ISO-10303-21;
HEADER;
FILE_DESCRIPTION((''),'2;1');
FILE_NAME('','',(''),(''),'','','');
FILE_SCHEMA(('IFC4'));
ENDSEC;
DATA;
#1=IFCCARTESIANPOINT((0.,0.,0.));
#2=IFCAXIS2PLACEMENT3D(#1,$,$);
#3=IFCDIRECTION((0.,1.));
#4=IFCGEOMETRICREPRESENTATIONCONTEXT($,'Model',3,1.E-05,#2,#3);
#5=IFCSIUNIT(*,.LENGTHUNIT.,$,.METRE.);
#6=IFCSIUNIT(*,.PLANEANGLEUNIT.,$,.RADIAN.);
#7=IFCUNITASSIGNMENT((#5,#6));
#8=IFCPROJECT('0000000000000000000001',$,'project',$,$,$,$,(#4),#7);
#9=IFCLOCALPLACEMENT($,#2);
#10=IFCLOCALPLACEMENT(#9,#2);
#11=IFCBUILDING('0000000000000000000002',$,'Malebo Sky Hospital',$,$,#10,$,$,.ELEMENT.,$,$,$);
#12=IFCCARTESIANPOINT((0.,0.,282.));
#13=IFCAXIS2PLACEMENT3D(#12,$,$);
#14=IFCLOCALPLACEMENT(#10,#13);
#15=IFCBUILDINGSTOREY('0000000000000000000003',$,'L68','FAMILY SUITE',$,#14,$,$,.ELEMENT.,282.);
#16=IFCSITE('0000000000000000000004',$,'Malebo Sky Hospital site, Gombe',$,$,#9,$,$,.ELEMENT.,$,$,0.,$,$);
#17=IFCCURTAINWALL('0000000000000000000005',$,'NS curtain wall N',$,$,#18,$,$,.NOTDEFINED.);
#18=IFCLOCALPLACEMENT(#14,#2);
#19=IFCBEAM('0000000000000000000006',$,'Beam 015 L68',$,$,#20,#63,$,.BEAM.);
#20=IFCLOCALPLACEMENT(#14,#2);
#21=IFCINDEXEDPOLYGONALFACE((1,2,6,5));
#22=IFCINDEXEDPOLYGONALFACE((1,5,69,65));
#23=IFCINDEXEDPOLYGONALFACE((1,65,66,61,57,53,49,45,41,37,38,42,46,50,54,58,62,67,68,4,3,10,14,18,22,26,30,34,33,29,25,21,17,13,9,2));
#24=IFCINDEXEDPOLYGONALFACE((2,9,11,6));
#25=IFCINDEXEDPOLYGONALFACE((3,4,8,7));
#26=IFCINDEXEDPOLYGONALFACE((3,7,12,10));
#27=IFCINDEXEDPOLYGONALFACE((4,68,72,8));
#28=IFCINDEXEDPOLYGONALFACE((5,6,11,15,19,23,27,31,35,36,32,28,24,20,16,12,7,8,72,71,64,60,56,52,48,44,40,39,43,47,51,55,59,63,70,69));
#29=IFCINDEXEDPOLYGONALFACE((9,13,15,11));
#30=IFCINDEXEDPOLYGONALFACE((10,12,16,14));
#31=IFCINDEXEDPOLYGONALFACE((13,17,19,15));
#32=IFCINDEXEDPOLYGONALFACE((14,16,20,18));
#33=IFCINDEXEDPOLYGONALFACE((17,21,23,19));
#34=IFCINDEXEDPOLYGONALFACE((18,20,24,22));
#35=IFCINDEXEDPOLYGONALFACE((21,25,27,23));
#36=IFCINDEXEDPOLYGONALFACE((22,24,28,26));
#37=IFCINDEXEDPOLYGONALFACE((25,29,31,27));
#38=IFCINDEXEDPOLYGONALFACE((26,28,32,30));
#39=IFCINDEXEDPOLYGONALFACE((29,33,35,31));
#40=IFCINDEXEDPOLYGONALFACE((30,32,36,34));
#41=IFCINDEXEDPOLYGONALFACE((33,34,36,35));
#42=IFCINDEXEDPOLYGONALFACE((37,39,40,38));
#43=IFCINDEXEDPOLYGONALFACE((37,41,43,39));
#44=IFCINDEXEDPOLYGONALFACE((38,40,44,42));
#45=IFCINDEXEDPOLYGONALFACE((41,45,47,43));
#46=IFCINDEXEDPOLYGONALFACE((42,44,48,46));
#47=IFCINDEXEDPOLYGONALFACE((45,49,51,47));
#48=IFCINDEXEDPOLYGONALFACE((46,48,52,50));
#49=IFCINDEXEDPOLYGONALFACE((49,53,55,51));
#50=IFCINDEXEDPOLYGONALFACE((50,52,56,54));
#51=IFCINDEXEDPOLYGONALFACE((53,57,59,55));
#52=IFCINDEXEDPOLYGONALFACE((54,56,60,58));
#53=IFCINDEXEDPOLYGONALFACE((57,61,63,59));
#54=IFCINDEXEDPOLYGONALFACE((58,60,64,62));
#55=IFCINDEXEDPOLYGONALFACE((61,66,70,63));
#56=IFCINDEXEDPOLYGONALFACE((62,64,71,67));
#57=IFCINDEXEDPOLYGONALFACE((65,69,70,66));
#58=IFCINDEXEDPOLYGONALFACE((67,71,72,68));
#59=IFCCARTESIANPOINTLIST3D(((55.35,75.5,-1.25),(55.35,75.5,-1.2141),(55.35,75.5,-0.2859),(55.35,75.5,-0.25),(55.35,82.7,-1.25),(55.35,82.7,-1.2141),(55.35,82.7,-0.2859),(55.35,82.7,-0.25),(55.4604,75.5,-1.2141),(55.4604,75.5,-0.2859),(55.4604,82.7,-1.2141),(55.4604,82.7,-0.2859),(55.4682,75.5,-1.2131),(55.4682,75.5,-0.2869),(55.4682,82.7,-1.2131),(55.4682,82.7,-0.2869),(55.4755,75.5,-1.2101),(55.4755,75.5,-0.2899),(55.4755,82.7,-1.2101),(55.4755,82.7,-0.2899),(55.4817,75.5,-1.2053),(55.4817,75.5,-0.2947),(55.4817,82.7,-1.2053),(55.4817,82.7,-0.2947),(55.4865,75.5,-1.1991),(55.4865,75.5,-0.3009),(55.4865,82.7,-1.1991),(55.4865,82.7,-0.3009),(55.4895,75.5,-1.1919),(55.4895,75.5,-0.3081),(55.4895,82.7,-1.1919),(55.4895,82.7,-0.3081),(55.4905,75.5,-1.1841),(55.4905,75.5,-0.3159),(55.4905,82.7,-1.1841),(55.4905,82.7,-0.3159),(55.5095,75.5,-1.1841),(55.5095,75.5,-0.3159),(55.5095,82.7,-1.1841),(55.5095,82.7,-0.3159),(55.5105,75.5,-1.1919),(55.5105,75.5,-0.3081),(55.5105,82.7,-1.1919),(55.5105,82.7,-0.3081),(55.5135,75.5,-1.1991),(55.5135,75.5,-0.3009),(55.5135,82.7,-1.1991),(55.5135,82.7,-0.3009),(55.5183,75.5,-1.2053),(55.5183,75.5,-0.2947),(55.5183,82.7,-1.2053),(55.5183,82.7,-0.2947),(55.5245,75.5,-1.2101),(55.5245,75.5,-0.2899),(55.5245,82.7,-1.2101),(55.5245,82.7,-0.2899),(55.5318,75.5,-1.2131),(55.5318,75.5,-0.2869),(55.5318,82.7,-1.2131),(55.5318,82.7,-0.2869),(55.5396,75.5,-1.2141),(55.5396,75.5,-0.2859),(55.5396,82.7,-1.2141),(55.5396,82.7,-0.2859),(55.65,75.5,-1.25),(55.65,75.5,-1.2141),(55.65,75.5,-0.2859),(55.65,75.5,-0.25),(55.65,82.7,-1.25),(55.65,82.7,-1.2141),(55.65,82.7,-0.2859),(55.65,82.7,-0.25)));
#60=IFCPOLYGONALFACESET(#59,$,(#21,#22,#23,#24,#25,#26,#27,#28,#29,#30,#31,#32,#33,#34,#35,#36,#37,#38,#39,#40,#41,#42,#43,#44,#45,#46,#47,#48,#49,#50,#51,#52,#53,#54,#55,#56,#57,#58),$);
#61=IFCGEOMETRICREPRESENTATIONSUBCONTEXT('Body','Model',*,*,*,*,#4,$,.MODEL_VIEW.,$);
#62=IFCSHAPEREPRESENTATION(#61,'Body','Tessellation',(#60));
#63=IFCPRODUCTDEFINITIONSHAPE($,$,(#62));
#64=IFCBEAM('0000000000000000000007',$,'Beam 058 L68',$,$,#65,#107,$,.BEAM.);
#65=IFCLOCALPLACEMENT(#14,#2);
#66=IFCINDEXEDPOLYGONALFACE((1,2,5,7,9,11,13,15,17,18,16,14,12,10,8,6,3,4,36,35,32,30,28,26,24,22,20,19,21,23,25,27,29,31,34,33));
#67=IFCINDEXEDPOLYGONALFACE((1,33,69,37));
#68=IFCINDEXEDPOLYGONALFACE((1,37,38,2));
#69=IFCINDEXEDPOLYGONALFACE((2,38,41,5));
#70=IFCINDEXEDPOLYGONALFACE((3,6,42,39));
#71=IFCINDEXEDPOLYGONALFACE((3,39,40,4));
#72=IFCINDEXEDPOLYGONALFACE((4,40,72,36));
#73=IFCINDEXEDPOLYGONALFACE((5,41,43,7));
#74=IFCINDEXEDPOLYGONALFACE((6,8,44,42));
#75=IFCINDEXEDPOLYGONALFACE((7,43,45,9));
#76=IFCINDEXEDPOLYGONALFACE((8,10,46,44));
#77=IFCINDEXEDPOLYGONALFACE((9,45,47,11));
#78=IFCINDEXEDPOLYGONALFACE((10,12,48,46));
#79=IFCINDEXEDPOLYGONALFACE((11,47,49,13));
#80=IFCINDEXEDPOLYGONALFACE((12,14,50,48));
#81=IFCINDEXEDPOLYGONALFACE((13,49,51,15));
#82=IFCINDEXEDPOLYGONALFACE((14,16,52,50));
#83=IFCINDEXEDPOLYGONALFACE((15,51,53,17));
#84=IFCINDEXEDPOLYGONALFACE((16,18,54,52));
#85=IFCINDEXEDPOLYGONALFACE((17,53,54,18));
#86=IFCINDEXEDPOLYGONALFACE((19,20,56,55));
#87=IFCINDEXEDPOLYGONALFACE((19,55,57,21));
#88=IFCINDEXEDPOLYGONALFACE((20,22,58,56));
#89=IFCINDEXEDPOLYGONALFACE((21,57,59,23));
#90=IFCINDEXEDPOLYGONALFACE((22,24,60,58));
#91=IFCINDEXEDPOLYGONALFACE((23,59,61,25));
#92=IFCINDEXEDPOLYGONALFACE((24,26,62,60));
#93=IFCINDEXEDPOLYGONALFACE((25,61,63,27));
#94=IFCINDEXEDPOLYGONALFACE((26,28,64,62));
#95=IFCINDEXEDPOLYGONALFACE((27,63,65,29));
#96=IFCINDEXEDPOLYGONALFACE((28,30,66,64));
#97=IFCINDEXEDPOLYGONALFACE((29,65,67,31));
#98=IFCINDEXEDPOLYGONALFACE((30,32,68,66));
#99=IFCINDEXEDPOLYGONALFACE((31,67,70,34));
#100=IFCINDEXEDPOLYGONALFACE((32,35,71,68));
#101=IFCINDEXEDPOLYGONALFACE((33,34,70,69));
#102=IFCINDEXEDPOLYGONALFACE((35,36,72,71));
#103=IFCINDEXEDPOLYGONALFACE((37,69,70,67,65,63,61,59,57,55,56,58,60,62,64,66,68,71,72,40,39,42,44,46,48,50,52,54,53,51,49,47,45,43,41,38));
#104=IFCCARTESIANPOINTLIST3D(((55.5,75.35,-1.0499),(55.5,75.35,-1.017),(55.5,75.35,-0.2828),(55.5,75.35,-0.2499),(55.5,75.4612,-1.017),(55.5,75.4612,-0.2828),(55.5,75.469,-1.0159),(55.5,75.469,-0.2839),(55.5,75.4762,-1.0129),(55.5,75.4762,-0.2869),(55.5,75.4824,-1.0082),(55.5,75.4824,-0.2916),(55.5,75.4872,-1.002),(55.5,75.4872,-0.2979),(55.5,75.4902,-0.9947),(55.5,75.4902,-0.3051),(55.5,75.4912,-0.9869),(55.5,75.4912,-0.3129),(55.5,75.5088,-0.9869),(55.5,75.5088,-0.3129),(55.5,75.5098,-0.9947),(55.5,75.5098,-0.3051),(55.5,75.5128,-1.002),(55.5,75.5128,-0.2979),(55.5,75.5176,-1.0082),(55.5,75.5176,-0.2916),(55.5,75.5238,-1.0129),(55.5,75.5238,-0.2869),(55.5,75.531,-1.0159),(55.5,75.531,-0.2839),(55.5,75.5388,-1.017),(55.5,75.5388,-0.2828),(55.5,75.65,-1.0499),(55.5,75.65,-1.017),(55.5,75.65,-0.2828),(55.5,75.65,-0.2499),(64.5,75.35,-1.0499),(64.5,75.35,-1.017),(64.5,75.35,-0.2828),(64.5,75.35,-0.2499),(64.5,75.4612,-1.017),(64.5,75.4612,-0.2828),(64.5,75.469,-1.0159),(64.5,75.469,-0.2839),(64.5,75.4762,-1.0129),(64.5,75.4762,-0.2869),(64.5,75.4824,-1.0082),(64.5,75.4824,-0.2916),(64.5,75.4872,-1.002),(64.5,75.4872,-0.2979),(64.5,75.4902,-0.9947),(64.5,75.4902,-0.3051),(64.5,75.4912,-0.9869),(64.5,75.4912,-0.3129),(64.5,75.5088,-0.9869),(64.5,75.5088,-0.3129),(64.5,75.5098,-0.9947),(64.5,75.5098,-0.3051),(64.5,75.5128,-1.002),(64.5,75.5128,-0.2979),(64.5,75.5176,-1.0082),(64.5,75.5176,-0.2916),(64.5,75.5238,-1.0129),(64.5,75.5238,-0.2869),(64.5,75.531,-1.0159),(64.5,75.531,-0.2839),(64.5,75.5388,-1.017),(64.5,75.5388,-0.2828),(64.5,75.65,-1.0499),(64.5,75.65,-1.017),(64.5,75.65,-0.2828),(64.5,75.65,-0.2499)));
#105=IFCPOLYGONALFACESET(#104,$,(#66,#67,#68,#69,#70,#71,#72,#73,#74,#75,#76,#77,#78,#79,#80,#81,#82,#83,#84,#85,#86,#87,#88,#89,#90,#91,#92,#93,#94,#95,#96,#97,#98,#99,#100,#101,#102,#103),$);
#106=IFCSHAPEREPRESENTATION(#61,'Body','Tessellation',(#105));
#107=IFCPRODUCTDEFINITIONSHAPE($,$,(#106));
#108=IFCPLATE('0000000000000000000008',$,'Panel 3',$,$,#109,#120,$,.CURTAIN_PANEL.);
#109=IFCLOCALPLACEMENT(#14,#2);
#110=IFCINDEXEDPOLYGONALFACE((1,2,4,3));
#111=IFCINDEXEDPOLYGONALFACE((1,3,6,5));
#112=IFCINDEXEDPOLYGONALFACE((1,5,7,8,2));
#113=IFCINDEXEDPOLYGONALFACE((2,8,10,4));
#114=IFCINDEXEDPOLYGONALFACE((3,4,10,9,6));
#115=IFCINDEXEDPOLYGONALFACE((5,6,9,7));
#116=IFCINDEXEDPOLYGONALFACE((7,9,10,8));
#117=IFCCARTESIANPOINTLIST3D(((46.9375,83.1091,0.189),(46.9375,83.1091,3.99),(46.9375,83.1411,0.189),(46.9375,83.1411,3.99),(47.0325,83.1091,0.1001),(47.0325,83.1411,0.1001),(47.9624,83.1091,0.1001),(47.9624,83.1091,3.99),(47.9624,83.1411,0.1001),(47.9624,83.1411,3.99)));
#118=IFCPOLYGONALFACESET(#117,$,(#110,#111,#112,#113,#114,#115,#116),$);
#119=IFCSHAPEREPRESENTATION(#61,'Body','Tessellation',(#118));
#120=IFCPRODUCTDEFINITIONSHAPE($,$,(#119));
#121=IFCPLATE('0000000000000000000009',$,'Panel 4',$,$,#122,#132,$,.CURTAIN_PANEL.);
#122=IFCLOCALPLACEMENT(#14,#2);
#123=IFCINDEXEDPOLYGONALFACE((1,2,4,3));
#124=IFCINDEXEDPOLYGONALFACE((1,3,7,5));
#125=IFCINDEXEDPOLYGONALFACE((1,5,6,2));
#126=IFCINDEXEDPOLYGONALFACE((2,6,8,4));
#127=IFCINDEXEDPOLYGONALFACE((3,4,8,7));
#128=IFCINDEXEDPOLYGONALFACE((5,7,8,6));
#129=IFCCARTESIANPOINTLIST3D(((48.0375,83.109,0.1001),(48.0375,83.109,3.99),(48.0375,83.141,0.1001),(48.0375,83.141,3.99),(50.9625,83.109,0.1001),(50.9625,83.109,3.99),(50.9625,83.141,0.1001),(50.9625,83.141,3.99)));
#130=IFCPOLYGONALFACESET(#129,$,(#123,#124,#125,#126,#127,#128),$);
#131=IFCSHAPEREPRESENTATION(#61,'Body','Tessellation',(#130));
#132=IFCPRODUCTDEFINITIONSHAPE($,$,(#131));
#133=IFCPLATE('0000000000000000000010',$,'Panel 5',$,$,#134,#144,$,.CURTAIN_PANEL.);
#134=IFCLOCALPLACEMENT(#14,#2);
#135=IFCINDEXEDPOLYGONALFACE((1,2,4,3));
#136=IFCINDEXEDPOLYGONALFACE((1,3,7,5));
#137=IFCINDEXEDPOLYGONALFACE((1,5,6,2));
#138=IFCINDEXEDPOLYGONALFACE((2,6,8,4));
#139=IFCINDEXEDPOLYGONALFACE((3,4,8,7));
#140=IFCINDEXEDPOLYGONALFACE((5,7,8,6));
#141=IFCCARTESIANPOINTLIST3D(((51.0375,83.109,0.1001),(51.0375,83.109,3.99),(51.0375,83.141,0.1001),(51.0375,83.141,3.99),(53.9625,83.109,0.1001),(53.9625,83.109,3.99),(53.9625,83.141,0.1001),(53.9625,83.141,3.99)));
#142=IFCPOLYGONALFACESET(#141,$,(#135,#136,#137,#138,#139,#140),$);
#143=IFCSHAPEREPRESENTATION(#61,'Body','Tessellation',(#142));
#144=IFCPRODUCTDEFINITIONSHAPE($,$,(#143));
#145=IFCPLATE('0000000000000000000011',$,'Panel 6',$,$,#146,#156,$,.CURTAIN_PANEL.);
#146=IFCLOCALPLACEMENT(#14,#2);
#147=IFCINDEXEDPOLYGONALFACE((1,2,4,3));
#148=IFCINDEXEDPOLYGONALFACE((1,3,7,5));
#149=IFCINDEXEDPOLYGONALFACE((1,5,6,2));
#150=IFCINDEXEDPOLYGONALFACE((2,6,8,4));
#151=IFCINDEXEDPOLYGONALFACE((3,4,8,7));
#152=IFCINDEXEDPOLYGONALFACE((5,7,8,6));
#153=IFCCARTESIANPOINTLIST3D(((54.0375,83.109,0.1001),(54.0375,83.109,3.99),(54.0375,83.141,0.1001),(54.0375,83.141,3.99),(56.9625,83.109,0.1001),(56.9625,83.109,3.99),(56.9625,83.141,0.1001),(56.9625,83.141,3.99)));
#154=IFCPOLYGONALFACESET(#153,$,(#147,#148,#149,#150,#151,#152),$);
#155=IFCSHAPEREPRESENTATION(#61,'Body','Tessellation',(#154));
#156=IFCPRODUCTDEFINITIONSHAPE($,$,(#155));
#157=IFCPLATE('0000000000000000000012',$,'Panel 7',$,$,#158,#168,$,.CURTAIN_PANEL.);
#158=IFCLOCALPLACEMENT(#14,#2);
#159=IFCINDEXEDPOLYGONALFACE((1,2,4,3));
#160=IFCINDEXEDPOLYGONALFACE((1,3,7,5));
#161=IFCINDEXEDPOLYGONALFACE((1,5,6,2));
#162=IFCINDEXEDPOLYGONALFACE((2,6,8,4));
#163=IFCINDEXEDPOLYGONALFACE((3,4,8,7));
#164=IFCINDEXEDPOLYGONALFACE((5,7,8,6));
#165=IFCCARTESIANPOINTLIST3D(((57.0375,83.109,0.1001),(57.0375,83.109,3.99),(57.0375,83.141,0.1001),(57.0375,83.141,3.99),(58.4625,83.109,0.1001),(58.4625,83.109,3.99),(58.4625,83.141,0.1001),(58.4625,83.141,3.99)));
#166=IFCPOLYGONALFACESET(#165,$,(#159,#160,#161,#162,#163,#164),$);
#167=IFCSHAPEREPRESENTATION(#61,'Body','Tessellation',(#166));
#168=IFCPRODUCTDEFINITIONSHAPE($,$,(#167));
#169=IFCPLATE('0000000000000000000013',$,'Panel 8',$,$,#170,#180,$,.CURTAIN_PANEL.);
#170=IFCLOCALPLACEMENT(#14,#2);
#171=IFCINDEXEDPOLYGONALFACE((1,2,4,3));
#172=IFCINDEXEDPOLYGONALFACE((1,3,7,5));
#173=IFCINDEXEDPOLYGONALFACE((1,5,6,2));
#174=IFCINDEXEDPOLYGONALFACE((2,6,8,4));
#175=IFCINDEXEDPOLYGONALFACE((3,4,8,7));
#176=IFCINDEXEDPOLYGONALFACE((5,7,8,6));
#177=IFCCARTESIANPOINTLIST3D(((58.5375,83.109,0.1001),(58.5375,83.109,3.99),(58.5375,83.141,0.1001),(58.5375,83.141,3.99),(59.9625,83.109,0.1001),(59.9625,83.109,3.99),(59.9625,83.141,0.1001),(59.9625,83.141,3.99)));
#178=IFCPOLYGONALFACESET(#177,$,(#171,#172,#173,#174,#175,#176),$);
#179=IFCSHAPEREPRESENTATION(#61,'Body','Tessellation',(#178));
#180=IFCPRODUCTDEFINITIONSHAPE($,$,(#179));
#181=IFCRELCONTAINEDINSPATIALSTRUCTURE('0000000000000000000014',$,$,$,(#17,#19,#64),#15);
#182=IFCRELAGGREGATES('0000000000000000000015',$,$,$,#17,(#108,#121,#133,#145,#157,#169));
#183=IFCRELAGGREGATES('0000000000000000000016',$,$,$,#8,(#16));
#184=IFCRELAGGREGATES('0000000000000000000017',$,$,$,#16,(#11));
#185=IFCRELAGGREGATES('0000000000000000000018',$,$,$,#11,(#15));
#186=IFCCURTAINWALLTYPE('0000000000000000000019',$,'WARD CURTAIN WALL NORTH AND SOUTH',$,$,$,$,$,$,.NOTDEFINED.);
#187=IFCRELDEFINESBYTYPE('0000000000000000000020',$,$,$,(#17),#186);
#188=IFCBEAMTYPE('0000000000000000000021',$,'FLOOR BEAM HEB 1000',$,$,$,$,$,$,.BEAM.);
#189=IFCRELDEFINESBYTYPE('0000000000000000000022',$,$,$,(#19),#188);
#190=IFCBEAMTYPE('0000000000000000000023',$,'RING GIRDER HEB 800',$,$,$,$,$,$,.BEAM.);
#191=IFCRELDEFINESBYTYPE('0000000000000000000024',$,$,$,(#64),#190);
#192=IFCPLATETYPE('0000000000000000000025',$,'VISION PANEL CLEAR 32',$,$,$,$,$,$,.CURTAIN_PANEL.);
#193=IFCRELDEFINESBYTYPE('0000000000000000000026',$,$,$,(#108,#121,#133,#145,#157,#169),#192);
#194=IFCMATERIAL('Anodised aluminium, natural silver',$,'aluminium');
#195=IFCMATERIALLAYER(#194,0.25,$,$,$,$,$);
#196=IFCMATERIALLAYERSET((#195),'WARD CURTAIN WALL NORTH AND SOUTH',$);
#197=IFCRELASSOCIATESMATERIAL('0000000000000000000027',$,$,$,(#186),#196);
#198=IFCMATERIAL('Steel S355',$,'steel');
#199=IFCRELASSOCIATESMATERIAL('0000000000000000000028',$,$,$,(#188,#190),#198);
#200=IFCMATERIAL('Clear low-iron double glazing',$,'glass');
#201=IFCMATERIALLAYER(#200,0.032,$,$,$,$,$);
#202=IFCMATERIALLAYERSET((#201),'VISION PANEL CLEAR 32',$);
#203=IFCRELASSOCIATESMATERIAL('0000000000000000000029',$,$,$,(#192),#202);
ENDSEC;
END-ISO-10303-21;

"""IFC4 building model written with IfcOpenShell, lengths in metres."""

from ifc_helpers import new_model, si_unit, direction, frame, origin, origin_2d, place, context, subcontext, project, spatial, polyline, rectangle, i_section, outline, extrude, material, layer, layer_set, material_profile, profile_set, type_object, element, aggregate, save


model = new_model("IFC4")

# Units and contexts
model_context = context("Model", 3, precision=1e-05, world=origin(), true_north=direction((0.0, 1.0)))
body_context = subcontext(model_context, "Body", "Model", "MODEL_VIEW")
ifc_project = project(units=[si_unit("LENGTHUNIT", "METRE"), si_unit("PLANEANGLEUNIT", "RADIAN")], contexts=[model_context])

# Site, building, storey
site_placement = place(None, origin())
site = spatial("IfcSite", under=ifc_project, at=site_placement, Name="Malebo Sky Hospital site, Gombe", CompositionType="ELEMENT", RefElevation=0.0)
building_placement = place(site_placement, origin())
building = spatial("IfcBuilding", under=site, at=building_placement, Name="Malebo Sky Hospital", CompositionType="ELEMENT")
storey_placement = place(building_placement, frame((0.0, 0.0, 282.0)))
storey = spatial("IfcBuildingStorey", under=building, at=storey_placement, Name="L68", Description="FAMILY SUITE", CompositionType="ELEMENT", Elevation=282.0)

# Curtain wall
ifc_material_1 = material(Name="Anodised aluminium, natural silver", Category="aluminium")
ifc_layer_1 = layer(ifc_material_1, 0.25)
ifc_layer_set_1 = layer_set([ifc_layer_1], Name="WARD CURTAIN WALL NORTH AND SOUTH")
curtain_wall_type = type_object("IfcCurtainWallType", Name="WARD CURTAIN WALL NORTH AND SOUTH", PredefinedType="NOTDEFINED", material=ifc_layer_set_1)
curtain_wall_placement = place(storey_placement, origin())
curtain_wall = element("IfcCurtainWall", 1, at=curtain_wall_placement, inside=storey, type_object=curtain_wall_type, Name="NS curtain wall N", PredefinedType="NOTDEFINED")

# Shared definitions
ifc_material_2 = material(Name="Steel S355", Category="steel")

# Beams
ifc_material_profile_1 = material_profile(ifc_material_2, i_section(OverallWidth=0.3, OverallDepth=1.0, WebThickness=0.019, FlangeThickness=0.0359, FilletRadius=0.03, at=origin_2d()), Name="HEB 1000")
ifc_profile_set_1 = profile_set([ifc_material_profile_1], Name="Steel S355")
beam_type_1 = type_object("IfcBeamType", Name="FLOOR BEAM HEB 1000", PredefinedType="BEAM", material=ifc_profile_set_1)
beam_1_placement = place(storey_placement, frame((55.5, 75.5, -0.75), z_axis=(0.0, 1.0, 0.0), x_axis=(-1.0, 0.0, 0.0)))
element("IfcBeam", 2, at=beam_1_placement, inside=storey, type_object=beam_type_1, Name="Beam 015 L68", PredefinedType="BEAM", context=body_context, shape_type="SweptSolid", body=[
    extrude(i_section(OverallWidth=0.3, OverallDepth=1.0, WebThickness=0.019, FlangeThickness=0.0359, FilletRadius=0.03, at=origin_2d()), origin(), (0.0, 0.0, 1.0), 7.2),
])
ifc_material_profile_2 = material_profile(ifc_material_2, i_section(OverallWidth=0.3, OverallDepth=0.8, WebThickness=0.0176, FlangeThickness=0.033, FilletRadius=0.03, at=origin_2d()), Name="HEB 800")
ifc_profile_set_2 = profile_set([ifc_material_profile_2], Name="Steel S355")
beam_type_2 = type_object("IfcBeamType", Name="RING GIRDER HEB 800", PredefinedType="BEAM", material=ifc_profile_set_2)
beam_2_placement = place(storey_placement, frame((55.5, 75.5, -0.6499), z_axis=(1.0, 0.0, 0.0), x_axis=(0.0, 1.0, 0.0)))
element("IfcBeam", 3, at=beam_2_placement, inside=storey, type_object=beam_type_2, Name="Beam 058 L68", PredefinedType="BEAM", context=body_context, shape_type="SweptSolid", body=[
    extrude(i_section(OverallWidth=0.3, OverallDepth=0.8, WebThickness=0.0176, FlangeThickness=0.033, FilletRadius=0.03, at=origin_2d()), origin(), (0.0, 0.0, 1.0), 9.0),
])

# Plates
ifc_material_3 = material(Name="Clear low-iron double glazing", Category="glass")
ifc_layer_2 = layer(ifc_material_3, 0.032)
ifc_layer_set_2 = layer_set([ifc_layer_2], Name="VISION PANEL CLEAR 32")
plate_type = type_object("IfcPlateType", Name="VISION PANEL CLEAR 32", PredefinedType="CURTAIN_PANEL", material=ifc_layer_set_2)
plate_1_placement = place(storey_placement, frame((47.45, 83.125, 0.1001), z_axis=(0.0, 0.0, 1.0), x_axis=(1.0, 0.0, 0.0)))
plate_1 = element("IfcPlate", 4, at=plate_1_placement, type_object=plate_type, Name="Panel 3", PredefinedType="CURTAIN_PANEL", context=body_context, shape_type="SweptSolid", body=[
    extrude(outline(polyline([(-0.4175, 0.0), (0.5125, 0.0), (0.5125, 3.8899), (-0.5125, 3.8899), (-0.5125, 0.0889), (-0.4175, 0.0)])), frame((0.0, 0.0161, 0.0), z_axis=(0.0, -1.0, 0.0), x_axis=(1.0, 0.0, 0.0)), (0.0, 0.0, 1.0), 0.032),
])
plate_2_placement = place(storey_placement, frame((49.5, 83.125, 0.1001), z_axis=(0.0, 0.0, 1.0), x_axis=(1.0, 0.0, 0.0)))
plate_2 = element("IfcPlate", 5, at=plate_2_placement, type_object=plate_type, Name="Panel 4", PredefinedType="CURTAIN_PANEL", context=body_context, shape_type="SweptSolid", body=[
    extrude(rectangle(XDim=2.925, YDim=0.032, at=origin_2d()), origin(), (0.0, 0.0, 1.0), 3.8899),
])
plate_3_placement = place(storey_placement, frame((52.5, 83.125, 0.1001), z_axis=(0.0, 0.0, 1.0), x_axis=(1.0, 0.0, 0.0)))
plate_3 = element("IfcPlate", 6, at=plate_3_placement, type_object=plate_type, Name="Panel 5", PredefinedType="CURTAIN_PANEL", context=body_context, shape_type="SweptSolid", body=[
    extrude(rectangle(XDim=2.925, YDim=0.032, at=origin_2d()), origin(), (0.0, 0.0, 1.0), 3.8899),
])
plate_4_placement = place(storey_placement, frame((55.5, 83.125, 0.1001), z_axis=(0.0, 0.0, 1.0), x_axis=(1.0, 0.0, 0.0)))
plate_4 = element("IfcPlate", 7, at=plate_4_placement, type_object=plate_type, Name="Panel 6", PredefinedType="CURTAIN_PANEL", context=body_context, shape_type="SweptSolid", body=[
    extrude(rectangle(XDim=2.925, YDim=0.032, at=origin_2d()), origin(), (0.0, 0.0, 1.0), 3.8899),
])
plate_5_placement = place(storey_placement, frame((57.75, 83.125, 0.1001), z_axis=(0.0, 0.0, 1.0), x_axis=(1.0, 0.0, 0.0)))
plate_5 = element("IfcPlate", 8, at=plate_5_placement, type_object=plate_type, Name="Panel 7", PredefinedType="CURTAIN_PANEL", context=body_context, shape_type="SweptSolid", body=[
    extrude(rectangle(XDim=1.425, YDim=0.032, at=origin_2d()), origin(), (0.0, 0.0, 1.0), 3.8899),
])
plate_6_placement = place(storey_placement, frame((59.25, 83.125, 0.1001), z_axis=(0.0, 0.0, 1.0), x_axis=(1.0, 0.0, 0.0)))
plate_6 = element("IfcPlate", 9, at=plate_6_placement, type_object=plate_type, Name="Panel 8", PredefinedType="CURTAIN_PANEL", context=body_context, shape_type="SweptSolid", body=[
    extrude(rectangle(XDim=1.425, YDim=0.032, at=origin_2d()), origin(), (0.0, 0.0, 1.0), 3.8899),
])
aggregate(curtain_wall, [plate_1, plate_2, plate_3, plate_4, plate_5, plate_6])

save(model, "model.ifc")
